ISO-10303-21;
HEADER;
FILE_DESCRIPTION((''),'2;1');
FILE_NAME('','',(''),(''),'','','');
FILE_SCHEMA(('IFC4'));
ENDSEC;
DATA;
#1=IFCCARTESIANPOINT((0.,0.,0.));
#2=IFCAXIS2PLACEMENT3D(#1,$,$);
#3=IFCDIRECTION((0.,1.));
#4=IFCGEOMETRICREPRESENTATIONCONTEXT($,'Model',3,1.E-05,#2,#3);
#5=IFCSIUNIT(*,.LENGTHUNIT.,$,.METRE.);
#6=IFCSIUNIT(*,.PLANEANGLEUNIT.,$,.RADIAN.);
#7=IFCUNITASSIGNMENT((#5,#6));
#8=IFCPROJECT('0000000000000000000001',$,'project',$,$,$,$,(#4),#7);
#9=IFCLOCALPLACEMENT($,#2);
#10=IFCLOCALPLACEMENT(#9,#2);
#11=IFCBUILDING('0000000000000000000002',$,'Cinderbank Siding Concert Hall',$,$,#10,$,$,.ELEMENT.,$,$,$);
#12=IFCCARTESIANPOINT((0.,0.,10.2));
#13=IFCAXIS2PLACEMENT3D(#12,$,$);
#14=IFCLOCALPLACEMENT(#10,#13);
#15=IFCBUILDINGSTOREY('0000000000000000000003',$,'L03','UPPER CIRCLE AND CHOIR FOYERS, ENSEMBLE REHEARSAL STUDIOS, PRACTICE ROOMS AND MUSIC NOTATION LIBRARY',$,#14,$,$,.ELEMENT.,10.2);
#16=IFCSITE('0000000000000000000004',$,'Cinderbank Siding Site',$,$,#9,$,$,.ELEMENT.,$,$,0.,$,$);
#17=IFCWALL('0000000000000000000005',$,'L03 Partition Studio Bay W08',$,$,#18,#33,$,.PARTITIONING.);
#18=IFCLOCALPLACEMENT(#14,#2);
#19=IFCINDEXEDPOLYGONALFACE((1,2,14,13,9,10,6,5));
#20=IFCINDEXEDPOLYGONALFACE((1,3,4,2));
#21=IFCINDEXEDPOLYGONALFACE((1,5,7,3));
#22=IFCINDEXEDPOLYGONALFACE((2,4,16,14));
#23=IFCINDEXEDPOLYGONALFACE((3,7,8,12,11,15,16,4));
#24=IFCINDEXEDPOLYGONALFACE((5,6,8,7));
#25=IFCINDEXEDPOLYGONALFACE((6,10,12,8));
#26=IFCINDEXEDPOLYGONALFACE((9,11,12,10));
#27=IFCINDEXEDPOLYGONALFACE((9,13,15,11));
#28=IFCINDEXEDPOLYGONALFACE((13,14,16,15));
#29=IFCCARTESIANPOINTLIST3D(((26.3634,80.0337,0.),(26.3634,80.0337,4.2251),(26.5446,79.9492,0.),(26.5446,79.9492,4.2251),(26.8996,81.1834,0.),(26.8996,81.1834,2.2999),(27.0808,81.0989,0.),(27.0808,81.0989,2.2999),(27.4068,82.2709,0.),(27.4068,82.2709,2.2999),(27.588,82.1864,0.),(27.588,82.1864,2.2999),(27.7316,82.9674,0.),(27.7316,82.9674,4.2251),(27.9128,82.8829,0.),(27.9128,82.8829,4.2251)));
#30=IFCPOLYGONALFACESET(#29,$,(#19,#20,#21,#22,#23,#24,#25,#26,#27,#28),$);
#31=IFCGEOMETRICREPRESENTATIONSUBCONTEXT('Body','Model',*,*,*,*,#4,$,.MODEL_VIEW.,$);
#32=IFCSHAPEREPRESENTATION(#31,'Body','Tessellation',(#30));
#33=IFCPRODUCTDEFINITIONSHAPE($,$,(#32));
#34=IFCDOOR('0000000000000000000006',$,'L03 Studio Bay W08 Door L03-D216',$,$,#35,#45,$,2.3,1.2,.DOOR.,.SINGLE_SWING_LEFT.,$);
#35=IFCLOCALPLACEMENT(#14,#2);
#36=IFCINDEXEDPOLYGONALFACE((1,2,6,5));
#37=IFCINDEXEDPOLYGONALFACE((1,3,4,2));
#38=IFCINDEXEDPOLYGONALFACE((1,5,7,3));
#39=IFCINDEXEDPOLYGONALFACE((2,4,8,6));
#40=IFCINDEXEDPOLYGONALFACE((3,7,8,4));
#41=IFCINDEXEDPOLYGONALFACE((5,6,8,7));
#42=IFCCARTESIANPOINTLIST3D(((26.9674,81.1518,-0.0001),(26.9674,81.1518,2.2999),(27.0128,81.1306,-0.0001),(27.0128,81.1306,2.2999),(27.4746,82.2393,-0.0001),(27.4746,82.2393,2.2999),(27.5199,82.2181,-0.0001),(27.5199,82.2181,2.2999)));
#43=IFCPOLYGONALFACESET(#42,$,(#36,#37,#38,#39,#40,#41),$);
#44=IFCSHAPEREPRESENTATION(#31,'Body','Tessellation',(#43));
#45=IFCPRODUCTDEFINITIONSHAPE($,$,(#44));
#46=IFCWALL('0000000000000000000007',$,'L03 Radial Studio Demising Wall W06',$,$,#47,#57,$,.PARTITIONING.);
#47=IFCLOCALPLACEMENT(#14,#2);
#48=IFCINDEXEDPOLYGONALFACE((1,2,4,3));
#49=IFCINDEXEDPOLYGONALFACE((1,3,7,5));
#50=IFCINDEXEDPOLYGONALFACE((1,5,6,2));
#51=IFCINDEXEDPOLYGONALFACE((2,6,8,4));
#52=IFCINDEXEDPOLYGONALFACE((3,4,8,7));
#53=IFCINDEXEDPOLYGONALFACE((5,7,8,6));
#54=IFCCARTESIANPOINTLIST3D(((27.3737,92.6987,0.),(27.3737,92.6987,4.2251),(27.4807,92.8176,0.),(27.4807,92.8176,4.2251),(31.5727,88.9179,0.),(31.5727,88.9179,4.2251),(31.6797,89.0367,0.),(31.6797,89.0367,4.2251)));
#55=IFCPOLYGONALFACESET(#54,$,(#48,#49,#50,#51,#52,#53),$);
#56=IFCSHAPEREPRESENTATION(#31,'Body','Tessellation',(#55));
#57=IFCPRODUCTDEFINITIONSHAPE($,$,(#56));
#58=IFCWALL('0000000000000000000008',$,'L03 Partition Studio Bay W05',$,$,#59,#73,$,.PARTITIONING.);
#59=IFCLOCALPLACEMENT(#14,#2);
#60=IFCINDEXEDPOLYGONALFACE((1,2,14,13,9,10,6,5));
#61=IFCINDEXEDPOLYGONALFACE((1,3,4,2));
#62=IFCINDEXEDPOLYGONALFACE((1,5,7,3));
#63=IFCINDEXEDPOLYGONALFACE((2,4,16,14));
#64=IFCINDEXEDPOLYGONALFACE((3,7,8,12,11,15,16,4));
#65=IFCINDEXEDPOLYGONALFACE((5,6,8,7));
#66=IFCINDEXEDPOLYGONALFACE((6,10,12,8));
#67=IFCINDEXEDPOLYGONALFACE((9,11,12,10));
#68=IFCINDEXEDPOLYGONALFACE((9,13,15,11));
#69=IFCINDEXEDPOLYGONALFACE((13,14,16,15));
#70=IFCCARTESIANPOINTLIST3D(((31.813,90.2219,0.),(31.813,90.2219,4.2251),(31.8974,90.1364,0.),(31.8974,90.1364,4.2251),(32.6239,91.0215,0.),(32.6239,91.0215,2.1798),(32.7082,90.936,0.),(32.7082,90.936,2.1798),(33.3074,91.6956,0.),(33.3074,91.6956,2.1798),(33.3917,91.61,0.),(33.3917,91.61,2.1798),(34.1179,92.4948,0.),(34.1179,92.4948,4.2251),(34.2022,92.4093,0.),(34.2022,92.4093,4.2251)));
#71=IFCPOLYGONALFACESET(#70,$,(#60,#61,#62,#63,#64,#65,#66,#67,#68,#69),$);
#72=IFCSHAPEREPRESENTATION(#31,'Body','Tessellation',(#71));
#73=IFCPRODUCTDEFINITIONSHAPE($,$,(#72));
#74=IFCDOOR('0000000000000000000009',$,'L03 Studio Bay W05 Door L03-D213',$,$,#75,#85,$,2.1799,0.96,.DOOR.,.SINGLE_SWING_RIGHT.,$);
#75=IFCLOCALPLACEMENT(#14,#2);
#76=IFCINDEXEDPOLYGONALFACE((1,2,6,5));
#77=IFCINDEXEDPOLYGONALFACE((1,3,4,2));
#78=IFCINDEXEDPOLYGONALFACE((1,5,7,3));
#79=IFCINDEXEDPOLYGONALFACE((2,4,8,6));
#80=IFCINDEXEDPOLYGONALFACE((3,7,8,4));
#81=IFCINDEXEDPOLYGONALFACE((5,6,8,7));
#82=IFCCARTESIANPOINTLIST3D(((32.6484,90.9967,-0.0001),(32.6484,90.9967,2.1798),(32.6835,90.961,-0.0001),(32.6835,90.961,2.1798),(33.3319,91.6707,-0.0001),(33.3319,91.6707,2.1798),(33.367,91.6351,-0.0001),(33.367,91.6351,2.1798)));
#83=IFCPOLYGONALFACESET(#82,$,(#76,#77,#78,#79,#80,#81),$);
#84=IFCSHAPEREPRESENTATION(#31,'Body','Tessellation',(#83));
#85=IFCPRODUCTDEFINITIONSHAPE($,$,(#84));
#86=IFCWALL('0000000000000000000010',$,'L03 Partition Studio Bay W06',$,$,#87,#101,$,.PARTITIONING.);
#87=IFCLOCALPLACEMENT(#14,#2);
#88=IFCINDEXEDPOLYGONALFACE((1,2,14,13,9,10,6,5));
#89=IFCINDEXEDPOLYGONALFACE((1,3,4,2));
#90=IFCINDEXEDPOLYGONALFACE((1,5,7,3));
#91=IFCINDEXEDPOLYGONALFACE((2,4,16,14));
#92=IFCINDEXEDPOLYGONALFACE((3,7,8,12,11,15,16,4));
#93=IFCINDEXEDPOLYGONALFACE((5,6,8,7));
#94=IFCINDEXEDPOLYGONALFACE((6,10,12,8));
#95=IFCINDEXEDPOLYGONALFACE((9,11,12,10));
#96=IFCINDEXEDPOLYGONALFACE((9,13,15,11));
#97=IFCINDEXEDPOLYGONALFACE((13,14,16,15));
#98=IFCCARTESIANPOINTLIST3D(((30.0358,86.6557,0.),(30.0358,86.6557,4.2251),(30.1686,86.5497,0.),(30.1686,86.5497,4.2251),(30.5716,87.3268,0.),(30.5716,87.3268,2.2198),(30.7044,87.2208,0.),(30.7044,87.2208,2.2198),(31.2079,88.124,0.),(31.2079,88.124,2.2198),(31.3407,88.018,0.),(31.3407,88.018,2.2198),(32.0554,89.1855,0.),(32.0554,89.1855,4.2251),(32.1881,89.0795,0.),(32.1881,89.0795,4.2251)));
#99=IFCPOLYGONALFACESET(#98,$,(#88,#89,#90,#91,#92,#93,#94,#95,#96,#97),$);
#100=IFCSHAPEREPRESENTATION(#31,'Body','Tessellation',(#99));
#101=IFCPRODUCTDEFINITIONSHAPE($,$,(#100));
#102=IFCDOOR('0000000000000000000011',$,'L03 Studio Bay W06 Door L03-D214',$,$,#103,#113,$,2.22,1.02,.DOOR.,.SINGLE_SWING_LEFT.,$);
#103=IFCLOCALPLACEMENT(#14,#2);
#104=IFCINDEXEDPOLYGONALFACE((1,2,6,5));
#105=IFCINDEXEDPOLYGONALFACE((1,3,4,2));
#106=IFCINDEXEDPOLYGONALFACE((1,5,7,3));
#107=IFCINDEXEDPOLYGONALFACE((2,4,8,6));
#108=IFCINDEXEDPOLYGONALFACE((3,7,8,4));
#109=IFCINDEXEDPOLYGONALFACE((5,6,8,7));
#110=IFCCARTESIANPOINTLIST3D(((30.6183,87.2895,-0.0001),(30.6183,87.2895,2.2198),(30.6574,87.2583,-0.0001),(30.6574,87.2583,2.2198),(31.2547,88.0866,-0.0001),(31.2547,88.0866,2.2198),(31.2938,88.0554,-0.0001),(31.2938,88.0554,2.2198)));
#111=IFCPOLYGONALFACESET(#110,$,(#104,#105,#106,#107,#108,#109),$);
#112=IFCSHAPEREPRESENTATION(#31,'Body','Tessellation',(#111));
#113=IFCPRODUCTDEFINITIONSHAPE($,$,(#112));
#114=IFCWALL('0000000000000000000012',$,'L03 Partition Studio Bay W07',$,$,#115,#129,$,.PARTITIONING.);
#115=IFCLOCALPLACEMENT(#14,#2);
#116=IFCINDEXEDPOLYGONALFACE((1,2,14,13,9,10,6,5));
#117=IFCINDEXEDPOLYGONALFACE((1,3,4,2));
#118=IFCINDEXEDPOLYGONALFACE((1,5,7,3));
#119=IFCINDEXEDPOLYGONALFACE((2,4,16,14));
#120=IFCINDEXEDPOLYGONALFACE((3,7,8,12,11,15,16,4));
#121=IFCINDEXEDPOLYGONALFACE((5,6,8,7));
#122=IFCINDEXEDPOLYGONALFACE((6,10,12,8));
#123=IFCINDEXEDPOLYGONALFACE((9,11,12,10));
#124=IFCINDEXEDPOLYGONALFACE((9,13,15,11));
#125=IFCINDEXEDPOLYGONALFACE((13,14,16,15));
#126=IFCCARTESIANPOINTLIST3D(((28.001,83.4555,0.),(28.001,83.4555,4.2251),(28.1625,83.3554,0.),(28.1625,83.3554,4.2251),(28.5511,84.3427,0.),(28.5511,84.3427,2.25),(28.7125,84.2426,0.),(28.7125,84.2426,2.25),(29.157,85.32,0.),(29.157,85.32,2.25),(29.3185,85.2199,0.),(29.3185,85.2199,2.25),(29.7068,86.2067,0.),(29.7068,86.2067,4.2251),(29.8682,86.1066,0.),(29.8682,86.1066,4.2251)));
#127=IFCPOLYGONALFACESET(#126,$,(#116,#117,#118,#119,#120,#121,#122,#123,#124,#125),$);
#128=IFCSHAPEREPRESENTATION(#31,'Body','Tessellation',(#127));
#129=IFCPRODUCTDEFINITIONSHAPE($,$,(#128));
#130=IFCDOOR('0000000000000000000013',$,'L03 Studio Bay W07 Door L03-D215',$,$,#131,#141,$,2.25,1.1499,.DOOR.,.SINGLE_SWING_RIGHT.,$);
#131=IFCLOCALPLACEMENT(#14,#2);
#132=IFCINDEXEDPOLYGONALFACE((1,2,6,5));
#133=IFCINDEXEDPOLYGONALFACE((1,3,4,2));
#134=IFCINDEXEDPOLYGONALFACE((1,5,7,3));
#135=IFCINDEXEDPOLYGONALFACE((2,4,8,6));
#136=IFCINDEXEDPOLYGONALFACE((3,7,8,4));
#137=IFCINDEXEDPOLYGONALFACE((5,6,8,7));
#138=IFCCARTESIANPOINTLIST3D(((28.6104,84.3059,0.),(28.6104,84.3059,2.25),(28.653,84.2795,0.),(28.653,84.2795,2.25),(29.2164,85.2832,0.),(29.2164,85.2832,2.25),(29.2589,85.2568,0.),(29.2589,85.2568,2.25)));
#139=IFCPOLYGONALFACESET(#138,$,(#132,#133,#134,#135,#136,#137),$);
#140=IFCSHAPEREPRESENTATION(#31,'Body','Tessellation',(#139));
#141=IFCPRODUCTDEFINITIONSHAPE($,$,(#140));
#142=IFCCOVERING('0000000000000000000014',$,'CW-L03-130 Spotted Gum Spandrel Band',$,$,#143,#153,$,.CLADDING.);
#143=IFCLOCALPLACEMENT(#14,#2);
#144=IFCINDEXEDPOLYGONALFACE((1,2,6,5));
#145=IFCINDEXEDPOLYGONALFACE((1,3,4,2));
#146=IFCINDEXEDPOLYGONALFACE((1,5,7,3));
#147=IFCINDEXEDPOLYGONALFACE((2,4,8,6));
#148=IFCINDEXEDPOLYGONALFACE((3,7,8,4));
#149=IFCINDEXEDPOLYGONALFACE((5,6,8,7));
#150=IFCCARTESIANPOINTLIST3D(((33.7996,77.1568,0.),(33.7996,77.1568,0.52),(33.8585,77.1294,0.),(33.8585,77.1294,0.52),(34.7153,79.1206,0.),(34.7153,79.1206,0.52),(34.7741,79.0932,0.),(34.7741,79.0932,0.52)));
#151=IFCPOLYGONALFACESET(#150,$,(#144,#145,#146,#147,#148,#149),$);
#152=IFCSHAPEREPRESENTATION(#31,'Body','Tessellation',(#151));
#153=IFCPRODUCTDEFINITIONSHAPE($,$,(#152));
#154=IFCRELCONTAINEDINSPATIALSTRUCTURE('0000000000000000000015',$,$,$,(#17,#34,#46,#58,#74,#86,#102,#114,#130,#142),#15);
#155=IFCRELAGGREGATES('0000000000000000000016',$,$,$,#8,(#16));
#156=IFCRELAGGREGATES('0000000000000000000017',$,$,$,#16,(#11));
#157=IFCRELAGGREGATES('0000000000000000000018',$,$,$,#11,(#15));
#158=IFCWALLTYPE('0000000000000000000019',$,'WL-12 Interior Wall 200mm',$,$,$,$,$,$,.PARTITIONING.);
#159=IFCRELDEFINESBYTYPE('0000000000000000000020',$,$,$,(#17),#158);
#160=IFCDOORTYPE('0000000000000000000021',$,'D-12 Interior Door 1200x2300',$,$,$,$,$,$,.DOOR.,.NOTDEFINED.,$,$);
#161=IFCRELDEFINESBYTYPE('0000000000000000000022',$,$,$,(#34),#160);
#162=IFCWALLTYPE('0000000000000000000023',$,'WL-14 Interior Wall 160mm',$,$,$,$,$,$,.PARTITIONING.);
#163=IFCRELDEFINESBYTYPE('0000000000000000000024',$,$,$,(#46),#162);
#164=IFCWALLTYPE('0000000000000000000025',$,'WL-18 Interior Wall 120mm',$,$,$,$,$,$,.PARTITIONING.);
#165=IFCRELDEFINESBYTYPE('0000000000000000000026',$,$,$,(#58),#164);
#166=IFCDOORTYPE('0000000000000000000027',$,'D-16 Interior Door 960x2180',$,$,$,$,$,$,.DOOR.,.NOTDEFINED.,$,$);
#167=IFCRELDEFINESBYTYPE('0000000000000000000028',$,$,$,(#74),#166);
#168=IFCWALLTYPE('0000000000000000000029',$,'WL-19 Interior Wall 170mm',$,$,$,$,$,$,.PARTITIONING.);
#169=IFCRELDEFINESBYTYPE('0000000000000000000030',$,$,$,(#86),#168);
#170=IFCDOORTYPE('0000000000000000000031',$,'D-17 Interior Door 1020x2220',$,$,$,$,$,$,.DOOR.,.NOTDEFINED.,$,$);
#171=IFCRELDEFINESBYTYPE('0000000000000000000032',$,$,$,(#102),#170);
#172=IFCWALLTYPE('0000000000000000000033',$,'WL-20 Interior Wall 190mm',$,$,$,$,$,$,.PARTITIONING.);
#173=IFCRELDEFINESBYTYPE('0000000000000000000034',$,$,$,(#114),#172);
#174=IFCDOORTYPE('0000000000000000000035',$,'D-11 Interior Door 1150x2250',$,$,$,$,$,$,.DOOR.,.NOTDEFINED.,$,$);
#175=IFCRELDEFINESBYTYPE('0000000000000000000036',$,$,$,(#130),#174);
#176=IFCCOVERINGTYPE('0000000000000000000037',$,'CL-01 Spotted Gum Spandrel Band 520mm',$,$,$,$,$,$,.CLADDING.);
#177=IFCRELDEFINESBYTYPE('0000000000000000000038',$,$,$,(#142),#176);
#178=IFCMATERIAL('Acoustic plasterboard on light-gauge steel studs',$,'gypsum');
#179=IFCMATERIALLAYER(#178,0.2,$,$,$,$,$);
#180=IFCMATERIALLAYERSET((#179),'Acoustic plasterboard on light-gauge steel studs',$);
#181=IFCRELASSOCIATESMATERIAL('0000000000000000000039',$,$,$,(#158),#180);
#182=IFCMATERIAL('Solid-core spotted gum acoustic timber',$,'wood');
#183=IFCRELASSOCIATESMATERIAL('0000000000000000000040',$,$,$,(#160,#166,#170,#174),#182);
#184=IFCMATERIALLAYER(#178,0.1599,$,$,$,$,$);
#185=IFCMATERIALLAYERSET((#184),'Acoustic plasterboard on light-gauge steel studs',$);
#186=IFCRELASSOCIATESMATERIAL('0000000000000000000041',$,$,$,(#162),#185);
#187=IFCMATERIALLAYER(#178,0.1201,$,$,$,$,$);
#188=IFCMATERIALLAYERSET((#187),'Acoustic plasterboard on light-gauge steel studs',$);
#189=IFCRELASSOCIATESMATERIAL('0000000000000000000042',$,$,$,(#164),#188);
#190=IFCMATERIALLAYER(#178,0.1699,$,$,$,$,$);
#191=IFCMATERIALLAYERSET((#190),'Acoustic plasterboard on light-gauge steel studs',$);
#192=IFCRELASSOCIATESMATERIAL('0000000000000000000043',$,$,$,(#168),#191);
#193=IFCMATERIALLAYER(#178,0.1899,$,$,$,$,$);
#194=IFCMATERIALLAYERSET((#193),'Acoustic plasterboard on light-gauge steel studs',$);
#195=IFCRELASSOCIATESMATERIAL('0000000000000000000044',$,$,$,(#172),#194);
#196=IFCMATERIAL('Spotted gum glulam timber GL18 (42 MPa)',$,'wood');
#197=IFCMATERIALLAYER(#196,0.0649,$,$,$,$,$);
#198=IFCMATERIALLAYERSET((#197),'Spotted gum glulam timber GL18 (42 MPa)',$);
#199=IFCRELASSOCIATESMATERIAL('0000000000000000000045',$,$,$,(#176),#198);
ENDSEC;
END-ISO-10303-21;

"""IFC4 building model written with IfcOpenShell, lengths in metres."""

from ifc_helpers import new_model, si_unit, direction, frame, frame_2d, origin, origin_2d, place, context, subcontext, project, spatial, rectangle, extrude, material, layer, layer_set, type_object, element, fill, save


model = new_model("IFC4")

# Units and contexts
model_context = context("Model", 3, precision=1e-05, world=origin(), true_north=direction((0.0, 1.0)))
body_context = subcontext(model_context, "Body", "Model", "MODEL_VIEW")
ifc_project = project(units=[si_unit("LENGTHUNIT", "METRE"), si_unit("PLANEANGLEUNIT", "RADIAN")], contexts=[model_context])

# Site, building, storey
site_placement = place(None, origin())
site = spatial("IfcSite", under=ifc_project, at=site_placement, Name="Cinderbank Siding Site", CompositionType="ELEMENT", RefElevation=0.0)
building_placement = place(site_placement, origin())
building = spatial("IfcBuilding", under=site, at=building_placement, Name="Cinderbank Siding Concert Hall", CompositionType="ELEMENT")
storey_placement = place(building_placement, frame((0.0, 0.0, 10.2)))
storey = spatial("IfcBuildingStorey", under=building, at=storey_placement, Name="L03", Description="UPPER CIRCLE AND CHOIR FOYERS, ENSEMBLE REHEARSAL STUDIOS, PRACTICE ROOMS AND MUSIC NOTATION LIBRARY", CompositionType="ELEMENT", Elevation=10.2)

# Wall, opening, door
ifc_material_1 = material(Name="Acoustic plasterboard on light-gauge steel studs", Category="gypsum")
ifc_layer_1 = layer(ifc_material_1, 0.2)
ifc_layer_set_1 = layer_set([ifc_layer_1], Name="Acoustic plasterboard on light-gauge steel studs")
wall_type_1 = type_object("IfcWallType", Name="WL-12 Interior Wall 200mm", PredefinedType="PARTITIONING", material=ifc_layer_set_1)
wall_1_placement = place(storey_placement, frame((27.8223, 82.9253, 0.0), z_axis=(0.0, 0.0, 1.0), x_axis=(-0.422671, -0.906283, 0.0)))
wall_1 = element("IfcWall", 1, at=wall_1_placement, inside=storey, type_object=wall_type_1, Name="L03 Partition Studio Bay W08", PredefinedType="PARTITIONING", context=body_context, shape_type="SweptSolid", body=[
    extrude(rectangle(XDim=3.2371, YDim=0.2, at=frame_2d((1.6187, 0.0))), origin(), (0.0, 0.0, 1.0), 4.2251),
])
opening_1_placement = place(wall_1_placement, frame((0.7686, 0.0, 0.0)))
opening_1 = element("IfcOpeningElement", 2, at=opening_1_placement, cuts=wall_1, PredefinedType="OPENING", context=body_context, shape_type="SweptSolid", body=[
    extrude(rectangle(XDim=1.2, YDim=2.3, at=frame_2d((0.6001, 1.1499))), frame((0.0, 0.1118, 0.0), z_axis=(0.0, -1.0, 0.0), x_axis=(1.0, 0.0, 0.0)), (0.0, 0.0, 1.0), 0.2239),
])
ifc_material_2 = material(Name="Solid-core spotted gum acoustic timber", Category="wood")
door_type_1 = type_object("IfcDoorType", Name="D-12 Interior Door 1200x2300", OperationType="NOTDEFINED", PredefinedType="DOOR", material=ifc_material_2)
door_1_placement = place(opening_1_placement, origin())
door_1 = element("IfcDoor", 3, at=door_1_placement, inside=storey, type_object=door_type_1, Name="L03 Studio Bay W08 Door L03-D216", OperationType="SINGLE_SWING_LEFT", OverallHeight=2.3, OverallWidth=1.2, PredefinedType="DOOR", context=body_context, shape_type="SweptSolid", body=[
    extrude(rectangle(XDim=1.2, YDim=2.3, at=frame_2d((0.6001, 1.1499))), frame((0.0, 0.0249, 0.0), z_axis=(0.0, -1.0, 0.0), x_axis=(1.0, 0.0, 0.0)), (0.0, 0.0, 1.0), 0.05),
])
fill(opening_1, door_1)

# Wall
ifc_layer_2 = layer(ifc_material_1, 0.1599)
ifc_layer_set_2 = layer_set([ifc_layer_2], Name="Acoustic plasterboard on light-gauge steel studs")
wall_type_2 = type_object("IfcWallType", Name="WL-14 Interior Wall 160mm", PredefinedType="PARTITIONING", material=ifc_layer_set_2)
wall_2_placement = place(storey_placement, frame((31.6262, 88.9773, 0.0), z_axis=(0.0, 0.0, 1.0), x_axis=(-0.743146, 0.669129, 0.0)))
element("IfcWall", 4, at=wall_2_placement, inside=storey, type_object=wall_type_2, Name="L03 Radial Studio Demising Wall W06", PredefinedType="PARTITIONING", context=body_context, shape_type="SweptSolid", body=[
    extrude(rectangle(XDim=5.6504, YDim=0.1599, at=frame_2d((2.8252, 0.0))), origin(), (0.0, 0.0, 1.0), 4.2251),
])

# Walls, openings, doors
ifc_layer_3 = layer(ifc_material_1, 0.1201)
ifc_layer_set_3 = layer_set([ifc_layer_3], Name="Acoustic plasterboard on light-gauge steel studs")
wall_type_3 = type_object("IfcWallType", Name="WL-18 Interior Wall 120mm", PredefinedType="PARTITIONING", material=ifc_layer_set_3)
wall_3_placement = place(storey_placement, frame((34.1602, 92.4521, 0.0), z_axis=(0.0, 0.0, 1.0), x_axis=(-0.712029, -0.70215, 0.0)))
wall_3 = element("IfcWall", 5, at=wall_3_placement, inside=storey, type_object=wall_type_3, Name="L03 Partition Studio Bay W05", PredefinedType="PARTITIONING", context=body_context, shape_type="SweptSolid", body=[
    extrude(rectangle(XDim=3.2371, YDim=0.1201, at=frame_2d((1.6187, 0.0))), origin(), (0.0, 0.0, 1.0), 4.2251),
])
opening_2_placement = place(wall_3_placement, frame((1.1384, 0.0, 0.0)))
opening_2 = element("IfcOpeningElement", 6, at=opening_2_placement, cuts=wall_3, PredefinedType="OPENING", context=body_context, shape_type="SweptSolid", body=[
    extrude(rectangle(XDim=0.96, YDim=2.1799, at=frame_2d((0.48, 1.0898))), frame((0.0, 0.072, 0.0), z_axis=(0.0, -1.0, 0.0), x_axis=(1.0, 0.0, 0.0)), (0.0, 0.0, 1.0), 0.144),
])
door_type_2 = type_object("IfcDoorType", Name="D-16 Interior Door 960x2180", OperationType="NOTDEFINED", PredefinedType="DOOR", material=ifc_material_2)
door_2_placement = place(opening_2_placement, origin())
door_2 = element("IfcDoor", 7, at=door_2_placement, inside=storey, type_object=door_type_2, Name="L03 Studio Bay W05 Door L03-D213", OperationType="SINGLE_SWING_RIGHT", OverallHeight=2.1799, OverallWidth=0.96, PredefinedType="DOOR", context=body_context, shape_type="SweptSolid", body=[
    extrude(rectangle(XDim=0.96, YDim=2.1799, at=frame_2d((0.48, 1.0898))), frame((0.0, 0.0249, 0.0), z_axis=(0.0, -1.0, 0.0), x_axis=(1.0, 0.0, 0.0)), (0.0, 0.0, 1.0), 0.05),
])
fill(opening_2, door_2)
ifc_layer_4 = layer(ifc_material_1, 0.1699)
ifc_layer_set_4 = layer_set([ifc_layer_4], Name="Acoustic plasterboard on light-gauge steel studs")
wall_type_4 = type_object("IfcWallType", Name="WL-19 Interior Wall 170mm", PredefinedType="PARTITIONING", material=ifc_layer_set_4)
wall_4_placement = place(storey_placement, frame((32.1218, 89.1326, 0.0), z_axis=(0.0, 0.0, 1.0), x_axis=(-0.623885, -0.781516, 0.0)))
wall_4 = element("IfcWall", 8, at=wall_4_placement, inside=storey, type_object=wall_type_4, Name="L03 Partition Studio Bay W06", PredefinedType="PARTITIONING", context=body_context, shape_type="SweptSolid", body=[
    extrude(rectangle(XDim=3.2371, YDim=0.1699, at=frame_2d((1.6187, 0.0))), origin(), (0.0, 0.0, 1.0), 4.2251),
])
opening_3_placement = place(wall_4_placement, frame((1.3584, 0.0, 0.0)))
opening_3 = element("IfcOpeningElement", 9, at=opening_3_placement, cuts=wall_4, PredefinedType="OPENING", context=body_context, shape_type="SweptSolid", body=[
    extrude(rectangle(XDim=1.02, YDim=2.22, at=frame_2d((0.51, 1.1099))), frame((0.0, 0.0969, 0.0), z_axis=(0.0, -1.0, 0.0), x_axis=(1.0, 0.0, 0.0)), (0.0, 0.0, 1.0), 0.1938),
])
door_type_3 = type_object("IfcDoorType", Name="D-17 Interior Door 1020x2220", OperationType="NOTDEFINED", PredefinedType="DOOR", material=ifc_material_2)
door_3_placement = place(opening_3_placement, origin())
door_3 = element("IfcDoor", 10, at=door_3_placement, inside=storey, type_object=door_type_3, Name="L03 Studio Bay W06 Door L03-D214", OperationType="SINGLE_SWING_LEFT", OverallHeight=2.22, OverallWidth=1.02, PredefinedType="DOOR", context=body_context, shape_type="SweptSolid", body=[
    extrude(rectangle(XDim=1.02, YDim=2.22, at=frame_2d((0.51, 1.1099))), frame((0.0, 0.0249, 0.0), z_axis=(0.0, -1.0, 0.0), x_axis=(1.0, 0.0, 0.0)), (0.0, 0.0, 1.0), 0.05),
])
fill(opening_3, door_3)
ifc_layer_5 = layer(ifc_material_1, 0.1899)
ifc_layer_set_5 = layer_set([ifc_layer_5], Name="Acoustic plasterboard on light-gauge steel studs")
wall_type_5 = type_object("IfcWallType", Name="WL-20 Interior Wall 190mm", PredefinedType="PARTITIONING", material=ifc_layer_set_5)
wall_5_placement = place(storey_placement, frame((29.7876, 86.1567, 0.0), z_axis=(0.0, 0.0, 1.0), x_axis=(-0.526952, -0.849895, 0.0)))
wall_5 = element("IfcWall", 11, at=wall_5_placement, inside=storey, type_object=wall_type_5, Name="L03 Partition Studio Bay W07", PredefinedType="PARTITIONING", context=body_context, shape_type="SweptSolid", body=[
    extrude(rectangle(XDim=3.2371, YDim=0.1899, at=frame_2d((1.6187, 0.0))), origin(), (0.0, 0.0, 1.0), 4.2251),
])
opening_4_placement = place(wall_5_placement, frame((1.0435, 0.0, 0.0)))
opening_4 = element("IfcOpeningElement", 12, at=opening_4_placement, cuts=wall_5, PredefinedType="OPENING", context=body_context, shape_type="SweptSolid", body=[
    extrude(rectangle(XDim=1.1499, YDim=2.25, at=frame_2d((0.575, 1.125))), frame((0.0, 0.1069, 0.0), z_axis=(0.0, -1.0, 0.0), x_axis=(1.0, 0.0, 0.0)), (0.0, 0.0, 1.0), 0.2139),
])
door_type_4 = type_object("IfcDoorType", Name="D-11 Interior Door 1150x2250", OperationType="NOTDEFINED", PredefinedType="DOOR", material=ifc_material_2)
door_4_placement = place(opening_4_placement, origin())
door_4 = element("IfcDoor", 13, at=door_4_placement, inside=storey, type_object=door_type_4, Name="L03 Studio Bay W07 Door L03-D215", OperationType="SINGLE_SWING_RIGHT", OverallHeight=2.25, OverallWidth=1.1499, PredefinedType="DOOR", context=body_context, shape_type="SweptSolid", body=[
    extrude(rectangle(XDim=1.1499, YDim=2.25, at=frame_2d((0.575, 1.125))), frame((0.0, 0.0249, 0.0), z_axis=(0.0, -1.0, 0.0), x_axis=(1.0, 0.0, 0.0)), (0.0, 0.0, 1.0), 0.05),
])
fill(opening_4, door_4)

# Covering
ifc_material_3 = material(Name="Spotted gum glulam timber GL18 (42 MPa)", Category="wood")
ifc_layer_6 = layer(ifc_material_3, 0.0649)
ifc_layer_set_6 = layer_set([ifc_layer_6], Name="Spotted gum glulam timber GL18 (42 MPa)")
covering_type = type_object("IfcCoveringType", Name="CL-01 Spotted Gum Spandrel Band 520mm", PredefinedType="CLADDING", material=ifc_layer_set_6)
covering_placement = place(storey_placement, frame((34.2869, 78.125, 0.0), z_axis=(0.0, 0.0, 1.0), x_axis=(-0.422597, -0.906318, 0.0)))
element("IfcCovering", 14, at=covering_placement, inside=storey, type_object=covering_type, Name="CW-L03-130 Spotted Gum Spandrel Band", PredefinedType="CLADDING", context=body_context, shape_type="SweptSolid", body=[
    extrude(rectangle(XDim=2.1667, YDim=0.0649, at=origin_2d()), origin(), (0.0, 0.0, 1.0), 0.52),
])

save(model, "model.ifc")
